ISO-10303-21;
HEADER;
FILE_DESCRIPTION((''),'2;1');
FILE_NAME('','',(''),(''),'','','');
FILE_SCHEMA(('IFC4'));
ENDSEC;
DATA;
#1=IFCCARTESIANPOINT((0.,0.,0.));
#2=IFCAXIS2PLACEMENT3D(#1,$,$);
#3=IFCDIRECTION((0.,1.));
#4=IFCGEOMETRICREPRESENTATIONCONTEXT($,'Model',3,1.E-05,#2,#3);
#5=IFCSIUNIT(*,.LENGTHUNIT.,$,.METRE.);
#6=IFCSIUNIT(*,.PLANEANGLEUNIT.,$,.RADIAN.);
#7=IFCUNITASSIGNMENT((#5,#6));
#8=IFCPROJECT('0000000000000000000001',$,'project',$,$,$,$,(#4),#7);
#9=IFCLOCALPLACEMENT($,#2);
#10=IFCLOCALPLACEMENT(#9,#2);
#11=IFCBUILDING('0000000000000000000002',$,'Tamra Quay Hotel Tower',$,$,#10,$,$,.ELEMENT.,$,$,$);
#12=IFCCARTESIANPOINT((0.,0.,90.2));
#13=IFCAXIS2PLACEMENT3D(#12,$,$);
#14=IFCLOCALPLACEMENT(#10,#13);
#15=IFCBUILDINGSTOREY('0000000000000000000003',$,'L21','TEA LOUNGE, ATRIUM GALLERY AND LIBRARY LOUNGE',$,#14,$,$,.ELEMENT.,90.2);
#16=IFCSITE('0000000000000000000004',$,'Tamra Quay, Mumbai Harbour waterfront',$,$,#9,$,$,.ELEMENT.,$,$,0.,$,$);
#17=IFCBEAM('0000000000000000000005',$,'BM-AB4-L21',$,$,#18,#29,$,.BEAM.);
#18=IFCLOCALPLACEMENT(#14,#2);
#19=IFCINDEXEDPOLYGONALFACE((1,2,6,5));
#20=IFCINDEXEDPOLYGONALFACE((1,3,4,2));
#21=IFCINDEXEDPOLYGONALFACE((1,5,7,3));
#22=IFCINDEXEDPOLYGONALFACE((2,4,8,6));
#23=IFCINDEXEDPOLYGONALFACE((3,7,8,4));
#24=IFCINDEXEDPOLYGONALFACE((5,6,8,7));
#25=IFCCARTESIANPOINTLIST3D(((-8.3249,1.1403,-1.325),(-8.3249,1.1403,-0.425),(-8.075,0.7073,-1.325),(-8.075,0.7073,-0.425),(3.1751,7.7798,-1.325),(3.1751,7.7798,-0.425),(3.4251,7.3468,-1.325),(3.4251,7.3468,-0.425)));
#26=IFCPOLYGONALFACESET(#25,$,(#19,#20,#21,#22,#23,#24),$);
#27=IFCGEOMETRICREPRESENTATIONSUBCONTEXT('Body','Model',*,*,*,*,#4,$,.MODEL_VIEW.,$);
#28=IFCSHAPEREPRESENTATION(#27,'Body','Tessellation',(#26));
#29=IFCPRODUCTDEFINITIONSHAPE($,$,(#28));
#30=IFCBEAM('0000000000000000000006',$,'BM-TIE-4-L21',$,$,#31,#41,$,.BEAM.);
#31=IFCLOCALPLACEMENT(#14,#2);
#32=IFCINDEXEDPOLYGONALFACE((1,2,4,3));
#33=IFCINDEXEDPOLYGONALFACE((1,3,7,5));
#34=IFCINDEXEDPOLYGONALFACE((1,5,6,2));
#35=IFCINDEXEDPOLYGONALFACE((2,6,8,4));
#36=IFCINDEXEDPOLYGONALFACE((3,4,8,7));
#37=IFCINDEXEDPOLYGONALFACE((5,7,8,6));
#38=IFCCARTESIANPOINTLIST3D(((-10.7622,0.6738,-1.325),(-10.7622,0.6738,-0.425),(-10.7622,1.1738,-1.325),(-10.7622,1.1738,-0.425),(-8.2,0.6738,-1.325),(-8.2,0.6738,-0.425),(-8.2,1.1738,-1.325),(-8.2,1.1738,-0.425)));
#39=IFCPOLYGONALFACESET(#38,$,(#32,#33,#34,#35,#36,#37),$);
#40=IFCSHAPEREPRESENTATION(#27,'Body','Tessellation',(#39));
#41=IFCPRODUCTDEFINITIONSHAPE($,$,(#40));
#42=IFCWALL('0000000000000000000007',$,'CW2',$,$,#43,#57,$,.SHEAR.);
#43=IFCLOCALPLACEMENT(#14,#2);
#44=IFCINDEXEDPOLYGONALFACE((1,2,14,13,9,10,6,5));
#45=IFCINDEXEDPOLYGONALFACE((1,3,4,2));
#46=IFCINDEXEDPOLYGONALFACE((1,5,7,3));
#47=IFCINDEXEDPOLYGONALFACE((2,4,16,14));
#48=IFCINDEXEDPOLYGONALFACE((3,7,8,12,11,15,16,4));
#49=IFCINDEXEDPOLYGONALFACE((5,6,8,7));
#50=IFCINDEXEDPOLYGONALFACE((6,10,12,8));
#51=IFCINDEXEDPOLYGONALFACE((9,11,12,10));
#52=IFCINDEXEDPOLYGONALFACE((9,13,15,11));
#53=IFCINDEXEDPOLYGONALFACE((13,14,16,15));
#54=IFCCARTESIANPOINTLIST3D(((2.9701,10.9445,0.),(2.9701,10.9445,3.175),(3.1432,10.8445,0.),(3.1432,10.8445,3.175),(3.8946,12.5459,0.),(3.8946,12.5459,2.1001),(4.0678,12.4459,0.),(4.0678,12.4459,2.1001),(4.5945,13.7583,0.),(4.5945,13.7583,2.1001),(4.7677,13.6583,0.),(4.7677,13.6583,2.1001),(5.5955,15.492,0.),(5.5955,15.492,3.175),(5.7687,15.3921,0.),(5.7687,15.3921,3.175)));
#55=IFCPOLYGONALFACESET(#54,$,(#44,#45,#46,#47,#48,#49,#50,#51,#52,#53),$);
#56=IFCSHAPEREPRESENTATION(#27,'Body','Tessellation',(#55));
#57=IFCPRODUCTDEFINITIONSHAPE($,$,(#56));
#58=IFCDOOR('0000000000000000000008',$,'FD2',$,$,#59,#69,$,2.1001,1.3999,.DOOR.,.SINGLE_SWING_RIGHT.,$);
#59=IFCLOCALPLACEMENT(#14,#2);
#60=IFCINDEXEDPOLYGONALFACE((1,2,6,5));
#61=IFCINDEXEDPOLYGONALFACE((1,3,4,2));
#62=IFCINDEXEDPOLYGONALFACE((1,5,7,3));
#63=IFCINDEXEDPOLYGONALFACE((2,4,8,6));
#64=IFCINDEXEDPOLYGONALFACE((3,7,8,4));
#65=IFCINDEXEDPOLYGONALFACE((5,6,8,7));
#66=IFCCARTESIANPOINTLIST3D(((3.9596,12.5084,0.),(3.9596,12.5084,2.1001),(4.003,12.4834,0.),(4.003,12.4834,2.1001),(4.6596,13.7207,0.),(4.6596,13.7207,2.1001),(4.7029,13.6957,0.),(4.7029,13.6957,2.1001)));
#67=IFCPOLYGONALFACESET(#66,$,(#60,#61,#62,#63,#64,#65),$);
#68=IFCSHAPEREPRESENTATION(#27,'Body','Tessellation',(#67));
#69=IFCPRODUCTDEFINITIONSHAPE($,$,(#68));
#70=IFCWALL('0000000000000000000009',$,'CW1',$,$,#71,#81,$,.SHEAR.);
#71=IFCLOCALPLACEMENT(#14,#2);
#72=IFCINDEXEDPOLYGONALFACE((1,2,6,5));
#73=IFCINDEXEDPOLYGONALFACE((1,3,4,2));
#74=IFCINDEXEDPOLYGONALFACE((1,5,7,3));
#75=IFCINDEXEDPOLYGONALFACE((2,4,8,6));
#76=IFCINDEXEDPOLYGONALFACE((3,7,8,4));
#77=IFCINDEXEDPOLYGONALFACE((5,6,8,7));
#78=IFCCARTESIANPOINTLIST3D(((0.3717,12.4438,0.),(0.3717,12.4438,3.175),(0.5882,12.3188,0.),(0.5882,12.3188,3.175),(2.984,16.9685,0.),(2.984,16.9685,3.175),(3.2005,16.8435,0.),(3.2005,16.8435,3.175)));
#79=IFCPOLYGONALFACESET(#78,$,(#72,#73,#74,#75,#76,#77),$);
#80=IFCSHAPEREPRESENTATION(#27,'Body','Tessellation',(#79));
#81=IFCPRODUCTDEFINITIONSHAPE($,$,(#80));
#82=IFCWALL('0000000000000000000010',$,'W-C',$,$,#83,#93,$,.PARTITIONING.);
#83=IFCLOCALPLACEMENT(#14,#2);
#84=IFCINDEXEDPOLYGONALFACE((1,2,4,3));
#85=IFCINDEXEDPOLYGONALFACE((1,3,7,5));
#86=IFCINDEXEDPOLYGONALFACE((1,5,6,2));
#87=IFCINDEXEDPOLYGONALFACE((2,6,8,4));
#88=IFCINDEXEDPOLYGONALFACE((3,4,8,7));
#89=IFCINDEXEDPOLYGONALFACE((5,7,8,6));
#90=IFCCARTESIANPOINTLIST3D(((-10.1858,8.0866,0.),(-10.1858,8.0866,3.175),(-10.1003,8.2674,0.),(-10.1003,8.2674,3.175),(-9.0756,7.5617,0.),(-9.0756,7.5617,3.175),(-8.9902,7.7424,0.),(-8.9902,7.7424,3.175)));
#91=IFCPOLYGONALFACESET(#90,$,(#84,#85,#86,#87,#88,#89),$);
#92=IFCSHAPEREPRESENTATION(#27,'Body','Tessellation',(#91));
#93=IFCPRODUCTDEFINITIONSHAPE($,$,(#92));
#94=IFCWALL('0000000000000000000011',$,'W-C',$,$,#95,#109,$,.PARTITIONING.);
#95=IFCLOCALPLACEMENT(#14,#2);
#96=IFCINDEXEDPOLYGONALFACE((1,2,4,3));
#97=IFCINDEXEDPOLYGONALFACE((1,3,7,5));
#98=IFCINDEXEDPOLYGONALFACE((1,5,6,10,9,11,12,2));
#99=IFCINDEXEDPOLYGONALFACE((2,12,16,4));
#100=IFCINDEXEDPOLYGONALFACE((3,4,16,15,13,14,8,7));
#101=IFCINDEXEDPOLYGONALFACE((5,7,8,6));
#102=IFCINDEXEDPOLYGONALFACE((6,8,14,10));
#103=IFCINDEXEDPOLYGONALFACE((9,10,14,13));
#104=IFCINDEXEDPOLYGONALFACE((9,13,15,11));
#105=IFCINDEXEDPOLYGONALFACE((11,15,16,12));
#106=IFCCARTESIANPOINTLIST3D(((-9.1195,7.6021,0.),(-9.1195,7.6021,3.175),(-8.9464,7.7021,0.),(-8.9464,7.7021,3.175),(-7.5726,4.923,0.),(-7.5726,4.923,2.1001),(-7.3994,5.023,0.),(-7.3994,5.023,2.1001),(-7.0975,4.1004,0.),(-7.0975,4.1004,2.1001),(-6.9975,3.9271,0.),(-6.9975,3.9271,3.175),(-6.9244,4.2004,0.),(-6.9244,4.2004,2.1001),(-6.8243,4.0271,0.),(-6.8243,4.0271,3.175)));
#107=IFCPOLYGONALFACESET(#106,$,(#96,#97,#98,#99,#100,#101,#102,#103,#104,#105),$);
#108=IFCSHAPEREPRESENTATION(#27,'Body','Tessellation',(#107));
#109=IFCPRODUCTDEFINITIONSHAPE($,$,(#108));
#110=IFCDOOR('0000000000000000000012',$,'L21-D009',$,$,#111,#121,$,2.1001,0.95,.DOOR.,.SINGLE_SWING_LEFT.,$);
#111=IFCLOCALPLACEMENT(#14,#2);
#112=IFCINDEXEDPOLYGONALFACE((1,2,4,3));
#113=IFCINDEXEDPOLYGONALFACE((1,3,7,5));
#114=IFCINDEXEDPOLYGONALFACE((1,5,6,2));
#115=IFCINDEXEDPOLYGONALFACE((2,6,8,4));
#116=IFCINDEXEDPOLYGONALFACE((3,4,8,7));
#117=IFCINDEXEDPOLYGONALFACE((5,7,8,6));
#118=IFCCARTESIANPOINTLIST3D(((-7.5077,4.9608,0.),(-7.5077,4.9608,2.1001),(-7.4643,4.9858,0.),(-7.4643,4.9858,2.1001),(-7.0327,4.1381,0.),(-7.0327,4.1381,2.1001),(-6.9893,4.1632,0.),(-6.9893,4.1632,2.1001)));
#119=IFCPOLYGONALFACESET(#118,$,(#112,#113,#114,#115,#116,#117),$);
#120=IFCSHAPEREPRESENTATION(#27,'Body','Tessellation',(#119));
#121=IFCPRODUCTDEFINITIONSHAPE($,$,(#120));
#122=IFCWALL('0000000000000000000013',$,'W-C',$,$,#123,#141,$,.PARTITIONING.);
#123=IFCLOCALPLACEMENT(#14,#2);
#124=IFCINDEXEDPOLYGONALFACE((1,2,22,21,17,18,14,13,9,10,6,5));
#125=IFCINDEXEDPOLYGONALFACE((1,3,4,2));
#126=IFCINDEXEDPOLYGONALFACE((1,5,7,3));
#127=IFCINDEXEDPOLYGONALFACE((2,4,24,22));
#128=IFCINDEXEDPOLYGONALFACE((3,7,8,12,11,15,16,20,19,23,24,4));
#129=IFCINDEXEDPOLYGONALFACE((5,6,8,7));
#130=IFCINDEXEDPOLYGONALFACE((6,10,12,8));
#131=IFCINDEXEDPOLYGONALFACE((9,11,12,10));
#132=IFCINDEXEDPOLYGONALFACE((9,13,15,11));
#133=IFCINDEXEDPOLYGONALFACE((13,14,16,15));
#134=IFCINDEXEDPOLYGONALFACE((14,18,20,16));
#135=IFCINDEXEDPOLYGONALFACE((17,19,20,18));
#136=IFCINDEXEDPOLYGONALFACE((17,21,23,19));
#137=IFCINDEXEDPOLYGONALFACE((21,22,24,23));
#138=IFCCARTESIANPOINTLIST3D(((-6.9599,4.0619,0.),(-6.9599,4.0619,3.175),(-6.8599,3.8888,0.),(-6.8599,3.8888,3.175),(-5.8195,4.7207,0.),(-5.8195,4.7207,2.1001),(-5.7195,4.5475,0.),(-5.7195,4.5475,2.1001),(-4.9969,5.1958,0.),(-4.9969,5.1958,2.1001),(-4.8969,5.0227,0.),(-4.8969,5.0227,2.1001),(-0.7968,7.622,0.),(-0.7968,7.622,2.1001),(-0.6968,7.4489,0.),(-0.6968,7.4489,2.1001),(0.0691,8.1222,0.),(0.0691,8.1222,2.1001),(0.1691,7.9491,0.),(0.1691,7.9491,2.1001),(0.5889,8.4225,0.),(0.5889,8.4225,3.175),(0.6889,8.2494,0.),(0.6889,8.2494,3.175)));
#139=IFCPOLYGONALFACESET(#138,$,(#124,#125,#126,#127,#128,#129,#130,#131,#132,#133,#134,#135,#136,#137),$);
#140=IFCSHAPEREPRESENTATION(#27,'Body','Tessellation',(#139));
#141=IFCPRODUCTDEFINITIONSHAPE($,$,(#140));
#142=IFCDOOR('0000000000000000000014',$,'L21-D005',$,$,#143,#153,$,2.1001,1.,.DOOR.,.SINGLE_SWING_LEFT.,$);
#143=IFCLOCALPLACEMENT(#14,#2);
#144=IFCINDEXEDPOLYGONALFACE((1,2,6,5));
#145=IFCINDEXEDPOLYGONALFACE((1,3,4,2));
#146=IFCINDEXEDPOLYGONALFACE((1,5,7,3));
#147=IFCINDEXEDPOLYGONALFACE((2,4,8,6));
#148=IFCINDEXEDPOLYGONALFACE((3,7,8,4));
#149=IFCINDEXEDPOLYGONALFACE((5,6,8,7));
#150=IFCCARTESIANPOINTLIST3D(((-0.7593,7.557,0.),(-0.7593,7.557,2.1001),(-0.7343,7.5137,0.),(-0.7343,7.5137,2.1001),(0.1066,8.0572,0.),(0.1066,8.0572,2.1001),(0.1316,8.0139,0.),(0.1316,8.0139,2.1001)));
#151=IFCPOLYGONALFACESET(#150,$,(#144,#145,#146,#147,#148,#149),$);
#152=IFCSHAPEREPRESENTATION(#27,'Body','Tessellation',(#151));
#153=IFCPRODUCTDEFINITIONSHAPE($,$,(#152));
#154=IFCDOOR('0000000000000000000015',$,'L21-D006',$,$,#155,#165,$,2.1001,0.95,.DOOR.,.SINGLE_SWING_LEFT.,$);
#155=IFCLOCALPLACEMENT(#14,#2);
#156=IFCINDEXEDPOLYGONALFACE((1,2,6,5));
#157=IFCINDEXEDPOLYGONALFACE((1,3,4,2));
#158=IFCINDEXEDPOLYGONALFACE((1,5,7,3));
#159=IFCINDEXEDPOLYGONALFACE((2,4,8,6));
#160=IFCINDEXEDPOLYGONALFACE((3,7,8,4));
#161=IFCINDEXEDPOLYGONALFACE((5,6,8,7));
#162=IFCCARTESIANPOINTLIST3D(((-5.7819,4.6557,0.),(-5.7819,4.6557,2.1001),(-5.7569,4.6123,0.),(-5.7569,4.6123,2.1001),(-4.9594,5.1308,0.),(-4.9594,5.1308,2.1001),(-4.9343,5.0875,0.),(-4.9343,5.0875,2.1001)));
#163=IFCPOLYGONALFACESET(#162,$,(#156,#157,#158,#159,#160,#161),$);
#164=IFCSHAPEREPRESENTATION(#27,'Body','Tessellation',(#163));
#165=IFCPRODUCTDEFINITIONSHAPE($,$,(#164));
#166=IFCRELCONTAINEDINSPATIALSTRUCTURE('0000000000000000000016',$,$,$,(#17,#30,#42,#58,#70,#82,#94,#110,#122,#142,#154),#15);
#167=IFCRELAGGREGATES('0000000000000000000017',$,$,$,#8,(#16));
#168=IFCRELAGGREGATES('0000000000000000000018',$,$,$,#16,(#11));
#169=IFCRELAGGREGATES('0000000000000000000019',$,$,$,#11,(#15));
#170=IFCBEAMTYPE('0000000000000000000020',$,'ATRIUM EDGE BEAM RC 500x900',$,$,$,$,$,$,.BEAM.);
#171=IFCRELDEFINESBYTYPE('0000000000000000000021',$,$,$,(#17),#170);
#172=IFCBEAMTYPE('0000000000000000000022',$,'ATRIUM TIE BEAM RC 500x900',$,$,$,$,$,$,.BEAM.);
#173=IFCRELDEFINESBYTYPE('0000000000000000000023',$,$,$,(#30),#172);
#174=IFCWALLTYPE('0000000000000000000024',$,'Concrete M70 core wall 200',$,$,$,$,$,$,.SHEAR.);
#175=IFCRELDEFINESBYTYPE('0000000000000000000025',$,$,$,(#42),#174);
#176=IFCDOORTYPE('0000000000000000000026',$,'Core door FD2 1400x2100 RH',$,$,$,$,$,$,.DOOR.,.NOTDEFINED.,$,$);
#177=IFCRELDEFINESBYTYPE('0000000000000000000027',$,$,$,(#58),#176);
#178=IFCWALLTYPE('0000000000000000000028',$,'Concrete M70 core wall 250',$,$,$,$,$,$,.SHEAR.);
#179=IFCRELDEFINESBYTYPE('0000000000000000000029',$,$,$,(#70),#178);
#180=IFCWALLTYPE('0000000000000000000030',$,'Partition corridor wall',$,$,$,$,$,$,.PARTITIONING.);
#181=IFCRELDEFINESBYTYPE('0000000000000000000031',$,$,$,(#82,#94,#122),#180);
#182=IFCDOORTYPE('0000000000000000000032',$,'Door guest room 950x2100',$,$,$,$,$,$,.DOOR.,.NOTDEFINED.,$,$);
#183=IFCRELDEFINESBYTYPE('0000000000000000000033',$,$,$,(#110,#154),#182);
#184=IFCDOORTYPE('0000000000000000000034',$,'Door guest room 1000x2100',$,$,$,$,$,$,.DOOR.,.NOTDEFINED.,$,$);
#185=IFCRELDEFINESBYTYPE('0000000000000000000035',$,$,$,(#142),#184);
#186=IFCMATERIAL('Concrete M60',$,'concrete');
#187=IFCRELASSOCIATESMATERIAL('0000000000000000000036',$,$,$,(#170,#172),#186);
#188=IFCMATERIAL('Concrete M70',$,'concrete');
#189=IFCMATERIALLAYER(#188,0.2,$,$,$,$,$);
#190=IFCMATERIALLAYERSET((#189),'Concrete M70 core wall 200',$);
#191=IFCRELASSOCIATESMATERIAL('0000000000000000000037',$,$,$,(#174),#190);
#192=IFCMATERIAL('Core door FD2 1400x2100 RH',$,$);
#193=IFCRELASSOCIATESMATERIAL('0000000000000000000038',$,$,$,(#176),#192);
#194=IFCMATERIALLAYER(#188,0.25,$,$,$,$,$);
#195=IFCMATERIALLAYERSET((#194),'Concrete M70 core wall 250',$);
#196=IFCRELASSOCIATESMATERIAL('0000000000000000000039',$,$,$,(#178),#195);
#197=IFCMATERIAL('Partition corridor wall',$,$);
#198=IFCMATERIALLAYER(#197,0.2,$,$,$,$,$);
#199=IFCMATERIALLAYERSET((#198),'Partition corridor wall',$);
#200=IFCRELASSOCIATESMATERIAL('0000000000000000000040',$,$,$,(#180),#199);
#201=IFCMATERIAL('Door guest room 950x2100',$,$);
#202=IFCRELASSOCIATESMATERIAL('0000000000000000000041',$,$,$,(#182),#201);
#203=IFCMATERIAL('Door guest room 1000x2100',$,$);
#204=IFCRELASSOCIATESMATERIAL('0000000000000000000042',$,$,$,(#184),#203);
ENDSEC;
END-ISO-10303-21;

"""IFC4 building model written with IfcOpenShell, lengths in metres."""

from ifc_helpers import new_model, si_unit, direction, frame, frame_2d, origin, origin_2d, place, context, subcontext, project, spatial, rectangle, extrude, material, layer, layer_set, material_profile, profile_set, type_object, element, fill, save


model = new_model("IFC4")

# Units and contexts
model_context = context("Model", 3, precision=1e-05, world=origin(), true_north=direction((0.0, 1.0)))
body_context = subcontext(model_context, "Body", "Model", "MODEL_VIEW")
ifc_project = project(units=[si_unit("LENGTHUNIT", "METRE"), si_unit("PLANEANGLEUNIT", "RADIAN")], contexts=[model_context])

# Site, building, storey
site_placement = place(None, origin())
site = spatial("IfcSite", under=ifc_project, at=site_placement, Name="Tamra Quay, Mumbai Harbour waterfront", CompositionType="ELEMENT", RefElevation=0.0)
building_placement = place(site_placement, origin())
building = spatial("IfcBuilding", under=site, at=building_placement, Name="Tamra Quay Hotel Tower", CompositionType="ELEMENT")
storey_placement = place(building_placement, frame((0.0, 0.0, 90.2)))
storey = spatial("IfcBuildingStorey", under=building, at=storey_placement, Name="L21", Description="TEA LOUNGE, ATRIUM GALLERY AND LIBRARY LOUNGE", CompositionType="ELEMENT", Elevation=90.2)

# Beams
ifc_material_1 = material(Name="Concrete M60", Category="concrete")
ifc_material_profile_1 = material_profile(ifc_material_1, rectangle(XDim=0.5, YDim=0.8999, at=origin_2d()), Name="ATRIUM EDGE BEAM RC 500x900")
ifc_profile_set_1 = profile_set([ifc_material_profile_1], Name="Concrete M60")
beam_type_1 = type_object("IfcBeamType", Name="ATRIUM EDGE BEAM RC 500x900", PredefinedType="BEAM", material=ifc_profile_set_1)
beam_1_placement = place(storey_placement, frame((-8.2, 0.9238, -0.875), z_axis=(0.866029, 0.499993, 0.0), x_axis=(-0.499993, 0.866029, 0.0)))
element("IfcBeam", 1, at=beam_1_placement, inside=storey, type_object=beam_type_1, Name="BM-AB4-L21", PredefinedType="BEAM", context=body_context, shape_type="SweptSolid", body=[
    extrude(rectangle(XDim=0.5, YDim=0.8999, at=origin_2d()), origin(), (0.0, 0.0, 1.0), 13.2791),
])
ifc_material_profile_2 = material_profile(ifc_material_1, rectangle(XDim=0.5, YDim=0.8999, at=origin_2d()), Name="ATRIUM TIE BEAM RC 500x900")
ifc_profile_set_2 = profile_set([ifc_material_profile_2], Name="Concrete M60")
beam_type_2 = type_object("IfcBeamType", Name="ATRIUM TIE BEAM RC 500x900", PredefinedType="BEAM", material=ifc_profile_set_2)
beam_2_placement = place(storey_placement, frame((-8.2, 0.9238, -0.875), z_axis=(-1.0, 0.0, 0.0), x_axis=(0.0, -1.0, 0.0)))
element("IfcBeam", 2, at=beam_2_placement, inside=storey, type_object=beam_type_2, Name="BM-TIE-4-L21", PredefinedType="BEAM", context=body_context, shape_type="SweptSolid", body=[
    extrude(rectangle(XDim=0.5, YDim=0.8999, at=origin_2d()), origin(), (0.0, 0.0, 1.0), 2.5623),
])

# Wall, opening, door
ifc_material_2 = material(Name="Concrete M70", Category="concrete")
ifc_layer_1 = layer(ifc_material_2, 0.2)
ifc_layer_set_1 = layer_set([ifc_layer_1], Name="Concrete M70 core wall 200")
wall_type_1 = type_object("IfcWallType", Name="Concrete M70 core wall 200", PredefinedType="SHEAR", material=ifc_layer_set_1)
wall_1_placement = place(storey_placement, frame((3.0566, 10.8945, 0.0), z_axis=(0.0, 0.0, 1.0), x_axis=(0.499989, 0.866032, 0.0)))
wall_1 = element("IfcWall", 3, at=wall_1_placement, inside=storey, type_object=wall_type_1, Name="CW2", PredefinedType="SHEAR", context=body_context, shape_type="SweptSolid", body=[
    extrude(rectangle(XDim=5.251, YDim=0.2, at=frame_2d((2.6255, 0.0))), origin(), (0.0, 0.0, 1.0), 3.175),
])
opening_1_placement = place(wall_1_placement, frame((1.8491, 0.0, 0.0)))
opening_1 = element("IfcOpeningElement", 4, at=opening_1_placement, cuts=wall_1, PredefinedType="OPENING", context=body_context, shape_type="SweptSolid", body=[
    extrude(rectangle(XDim=1.3999, YDim=2.1001, at=frame_2d((0.7, 1.05))), frame((0.0, 0.1099, 0.0), z_axis=(0.0, -1.0, 0.0), x_axis=(1.0, 0.0, 0.0)), (0.0, 0.0, 1.0), 0.22),
])
ifc_material_3 = material(Name="Core door FD2 1400x2100 RH")
door_type_1 = type_object("IfcDoorType", Name="Core door FD2 1400x2100 RH", OperationType="NOTDEFINED", PredefinedType="DOOR", material=ifc_material_3)
door_1_placement = place(opening_1_placement, origin())
door_1 = element("IfcDoor", 5, at=door_1_placement, inside=storey, type_object=door_type_1, Name="FD2", OperationType="SINGLE_SWING_RIGHT", OverallHeight=2.1001, OverallWidth=1.3999, PredefinedType="DOOR", context=body_context, shape_type="SweptSolid", body=[
    extrude(rectangle(XDim=1.3999, YDim=2.1001, at=frame_2d((0.7, 1.05))), frame((0.0, 0.0249, 0.0), z_axis=(0.0, -1.0, 0.0), x_axis=(1.0, 0.0, 0.0)), (0.0, 0.0, 1.0), 0.05),
])
fill(opening_1, door_1)

# Walls
ifc_layer_2 = layer(ifc_material_2, 0.25)
ifc_layer_set_2 = layer_set([ifc_layer_2], Name="Concrete M70 core wall 250")
wall_type_2 = type_object("IfcWallType", Name="Concrete M70 core wall 250", PredefinedType="SHEAR", material=ifc_layer_set_2)
wall_2_placement = place(storey_placement, frame((0.48, 12.3813, 0.0), z_axis=(0.0, 0.0, 1.0), x_axis=(0.499999, 0.866026, 0.0)))
element("IfcWall", 6, at=wall_2_placement, inside=storey, type_object=wall_type_2, Name="CW1", PredefinedType="SHEAR", context=body_context, shape_type="SweptSolid", body=[
    extrude(rectangle(XDim=5.2246, YDim=0.25, at=frame_2d((2.6123, 0.0))), origin(), (0.0, 0.0, 1.0), 3.175),
])
ifc_material_4 = material(Name="Partition corridor wall")
ifc_layer_3 = layer(ifc_material_4, 0.2)
ifc_layer_set_3 = layer_set([ifc_layer_3], Name="Partition corridor wall")
wall_type_3 = type_object("IfcWallType", Name="Partition corridor wall", PredefinedType="PARTITIONING", material=ifc_layer_set_3)
wall_3_placement = place(storey_placement, frame((-10.1431, 8.177, 0.0), z_axis=(0.0, 0.0, 1.0), x_axis=(0.904033, -0.427462, 0.0)))
element("IfcWall", 7, at=wall_3_placement, inside=storey, type_object=wall_type_3, Name="W-C", PredefinedType="PARTITIONING", context=body_context, shape_type="SweptSolid", body=[
    extrude(rectangle(XDim=1.228, YDim=0.2, at=frame_2d((0.614, 0.0))), origin(), (0.0, 0.0, 1.0), 3.175),
])

# Wall, opening, door
wall_4_placement = place(storey_placement, frame((-9.033, 7.6521, 0.0), z_axis=(0.0, 0.0, 1.0), x_axis=(0.500049, -0.865997, 0.0)))
wall_4 = element("IfcWall", 8, at=wall_4_placement, inside=storey, type_object=wall_type_3, Name="W-C", PredefinedType="PARTITIONING", context=body_context, shape_type="SweptSolid", body=[
    extrude(rectangle(XDim=4.2437, YDim=0.2, at=frame_2d((2.1218, 0.0))), origin(), (0.0, 0.0, 1.0), 3.175),
])
opening_2_placement = place(wall_4_placement, frame((3.0935, 0.0, 0.0)))
opening_2 = element("IfcOpeningElement", 9, at=opening_2_placement, cuts=wall_4, PredefinedType="OPENING", context=body_context, shape_type="SweptSolid", body=[
    extrude(rectangle(XDim=0.95, YDim=2.1001, at=frame_2d((0.4751, 1.05))), frame((0.0, 0.1099, 0.0), z_axis=(0.0, -1.0, 0.0), x_axis=(1.0, 0.0, 0.0)), (0.0, 0.0, 1.0), 0.22),
])
ifc_material_5 = material(Name="Door guest room 950x2100")
door_type_2 = type_object("IfcDoorType", Name="Door guest room 950x2100", OperationType="NOTDEFINED", PredefinedType="DOOR", material=ifc_material_5)
door_2_placement = place(opening_2_placement, frame((0.95, 0.0, 0.0), z_axis=(0.0, 0.0, 1.0), x_axis=(-1.0, 0.0, 0.0)))
door_2 = element("IfcDoor", 10, at=door_2_placement, inside=storey, type_object=door_type_2, Name="L21-D009", OperationType="SINGLE_SWING_LEFT", OverallHeight=2.1001, OverallWidth=0.95, PredefinedType="DOOR", context=body_context, shape_type="SweptSolid", body=[
    extrude(rectangle(XDim=0.95, YDim=2.1001, at=frame_2d((0.4751, 1.05))), frame((0.0, 0.0249, 0.0), z_axis=(0.0, -1.0, 0.0), x_axis=(1.0, 0.0, 0.0)), (0.0, 0.0, 1.0), 0.05),
])
fill(opening_2, door_2)

# Wall, openings, doors
wall_5_placement = place(storey_placement, frame((-6.9099, 3.9753, 0.0), z_axis=(0.0, 0.0, 1.0), x_axis=(0.865912, 0.500196, 0.0)))
wall_5 = element("IfcWall", 11, at=wall_5_placement, inside=storey, type_object=wall_type_3, Name="W-C", PredefinedType="PARTITIONING", context=body_context, shape_type="SweptSolid", body=[
    extrude(rectangle(XDim=8.7178, YDim=0.2, at=frame_2d((4.3589, 0.0))), origin(), (0.0, 0.0, 1.0), 3.175),
])
opening_3_placement = place(wall_5_placement, frame((7.1174, 0.0, 0.0)))
opening_3 = element("IfcOpeningElement", 12, at=opening_3_placement, cuts=wall_5, PredefinedType="OPENING", context=body_context, shape_type="SweptSolid", body=[
    extrude(rectangle(XDim=1.0, YDim=2.1001, at=frame_2d((0.5, 1.05))), frame((0.0, 0.1099, 0.0), z_axis=(0.0, -1.0, 0.0), x_axis=(1.0, 0.0, 0.0)), (0.0, 0.0, 1.0), 0.22),
])
opening_4_placement = place(wall_5_placement, frame((1.3169, 0.0, 0.0)))
opening_4 = element("IfcOpeningElement", 13, at=opening_4_placement, cuts=wall_5, PredefinedType="OPENING", context=body_context, shape_type="SweptSolid", body=[
    extrude(rectangle(XDim=0.95, YDim=2.1001, at=frame_2d((0.4751, 1.05))), frame((0.0, 0.1099, 0.0), z_axis=(0.0, -1.0, 0.0), x_axis=(1.0, 0.0, 0.0)), (0.0, 0.0, 1.0), 0.22),
])
ifc_material_6 = material(Name="Door guest room 1000x2100")
door_type_3 = type_object("IfcDoorType", Name="Door guest room 1000x2100", OperationType="NOTDEFINED", PredefinedType="DOOR", material=ifc_material_6)
door_3_placement = place(opening_3_placement, origin())
door_3 = element("IfcDoor", 14, at=door_3_placement, inside=storey, type_object=door_type_3, Name="L21-D005", OperationType="SINGLE_SWING_LEFT", OverallHeight=2.1001, OverallWidth=1.0, PredefinedType="DOOR", context=body_context, shape_type="SweptSolid", body=[
    extrude(rectangle(XDim=1.0, YDim=2.1001, at=frame_2d((0.5, 1.05))), frame((0.0, 0.0249, 0.0), z_axis=(0.0, -1.0, 0.0), x_axis=(1.0, 0.0, 0.0)), (0.0, 0.0, 1.0), 0.05),
])
fill(opening_3, door_3)
door_4_placement = place(opening_4_placement, origin())
door_4 = element("IfcDoor", 15, at=door_4_placement, inside=storey, type_object=door_type_2, Name="L21-D006", OperationType="SINGLE_SWING_LEFT", OverallHeight=2.1001, OverallWidth=0.95, PredefinedType="DOOR", context=body_context, shape_type="SweptSolid", body=[
    extrude(rectangle(XDim=0.95, YDim=2.1001, at=frame_2d((0.4751, 1.05))), frame((0.0, 0.0249, 0.0), z_axis=(0.0, -1.0, 0.0), x_axis=(1.0, 0.0, 0.0)), (0.0, 0.0, 1.0), 0.05),
])
fill(opening_4, door_4)

save(model, "model.ifc")
